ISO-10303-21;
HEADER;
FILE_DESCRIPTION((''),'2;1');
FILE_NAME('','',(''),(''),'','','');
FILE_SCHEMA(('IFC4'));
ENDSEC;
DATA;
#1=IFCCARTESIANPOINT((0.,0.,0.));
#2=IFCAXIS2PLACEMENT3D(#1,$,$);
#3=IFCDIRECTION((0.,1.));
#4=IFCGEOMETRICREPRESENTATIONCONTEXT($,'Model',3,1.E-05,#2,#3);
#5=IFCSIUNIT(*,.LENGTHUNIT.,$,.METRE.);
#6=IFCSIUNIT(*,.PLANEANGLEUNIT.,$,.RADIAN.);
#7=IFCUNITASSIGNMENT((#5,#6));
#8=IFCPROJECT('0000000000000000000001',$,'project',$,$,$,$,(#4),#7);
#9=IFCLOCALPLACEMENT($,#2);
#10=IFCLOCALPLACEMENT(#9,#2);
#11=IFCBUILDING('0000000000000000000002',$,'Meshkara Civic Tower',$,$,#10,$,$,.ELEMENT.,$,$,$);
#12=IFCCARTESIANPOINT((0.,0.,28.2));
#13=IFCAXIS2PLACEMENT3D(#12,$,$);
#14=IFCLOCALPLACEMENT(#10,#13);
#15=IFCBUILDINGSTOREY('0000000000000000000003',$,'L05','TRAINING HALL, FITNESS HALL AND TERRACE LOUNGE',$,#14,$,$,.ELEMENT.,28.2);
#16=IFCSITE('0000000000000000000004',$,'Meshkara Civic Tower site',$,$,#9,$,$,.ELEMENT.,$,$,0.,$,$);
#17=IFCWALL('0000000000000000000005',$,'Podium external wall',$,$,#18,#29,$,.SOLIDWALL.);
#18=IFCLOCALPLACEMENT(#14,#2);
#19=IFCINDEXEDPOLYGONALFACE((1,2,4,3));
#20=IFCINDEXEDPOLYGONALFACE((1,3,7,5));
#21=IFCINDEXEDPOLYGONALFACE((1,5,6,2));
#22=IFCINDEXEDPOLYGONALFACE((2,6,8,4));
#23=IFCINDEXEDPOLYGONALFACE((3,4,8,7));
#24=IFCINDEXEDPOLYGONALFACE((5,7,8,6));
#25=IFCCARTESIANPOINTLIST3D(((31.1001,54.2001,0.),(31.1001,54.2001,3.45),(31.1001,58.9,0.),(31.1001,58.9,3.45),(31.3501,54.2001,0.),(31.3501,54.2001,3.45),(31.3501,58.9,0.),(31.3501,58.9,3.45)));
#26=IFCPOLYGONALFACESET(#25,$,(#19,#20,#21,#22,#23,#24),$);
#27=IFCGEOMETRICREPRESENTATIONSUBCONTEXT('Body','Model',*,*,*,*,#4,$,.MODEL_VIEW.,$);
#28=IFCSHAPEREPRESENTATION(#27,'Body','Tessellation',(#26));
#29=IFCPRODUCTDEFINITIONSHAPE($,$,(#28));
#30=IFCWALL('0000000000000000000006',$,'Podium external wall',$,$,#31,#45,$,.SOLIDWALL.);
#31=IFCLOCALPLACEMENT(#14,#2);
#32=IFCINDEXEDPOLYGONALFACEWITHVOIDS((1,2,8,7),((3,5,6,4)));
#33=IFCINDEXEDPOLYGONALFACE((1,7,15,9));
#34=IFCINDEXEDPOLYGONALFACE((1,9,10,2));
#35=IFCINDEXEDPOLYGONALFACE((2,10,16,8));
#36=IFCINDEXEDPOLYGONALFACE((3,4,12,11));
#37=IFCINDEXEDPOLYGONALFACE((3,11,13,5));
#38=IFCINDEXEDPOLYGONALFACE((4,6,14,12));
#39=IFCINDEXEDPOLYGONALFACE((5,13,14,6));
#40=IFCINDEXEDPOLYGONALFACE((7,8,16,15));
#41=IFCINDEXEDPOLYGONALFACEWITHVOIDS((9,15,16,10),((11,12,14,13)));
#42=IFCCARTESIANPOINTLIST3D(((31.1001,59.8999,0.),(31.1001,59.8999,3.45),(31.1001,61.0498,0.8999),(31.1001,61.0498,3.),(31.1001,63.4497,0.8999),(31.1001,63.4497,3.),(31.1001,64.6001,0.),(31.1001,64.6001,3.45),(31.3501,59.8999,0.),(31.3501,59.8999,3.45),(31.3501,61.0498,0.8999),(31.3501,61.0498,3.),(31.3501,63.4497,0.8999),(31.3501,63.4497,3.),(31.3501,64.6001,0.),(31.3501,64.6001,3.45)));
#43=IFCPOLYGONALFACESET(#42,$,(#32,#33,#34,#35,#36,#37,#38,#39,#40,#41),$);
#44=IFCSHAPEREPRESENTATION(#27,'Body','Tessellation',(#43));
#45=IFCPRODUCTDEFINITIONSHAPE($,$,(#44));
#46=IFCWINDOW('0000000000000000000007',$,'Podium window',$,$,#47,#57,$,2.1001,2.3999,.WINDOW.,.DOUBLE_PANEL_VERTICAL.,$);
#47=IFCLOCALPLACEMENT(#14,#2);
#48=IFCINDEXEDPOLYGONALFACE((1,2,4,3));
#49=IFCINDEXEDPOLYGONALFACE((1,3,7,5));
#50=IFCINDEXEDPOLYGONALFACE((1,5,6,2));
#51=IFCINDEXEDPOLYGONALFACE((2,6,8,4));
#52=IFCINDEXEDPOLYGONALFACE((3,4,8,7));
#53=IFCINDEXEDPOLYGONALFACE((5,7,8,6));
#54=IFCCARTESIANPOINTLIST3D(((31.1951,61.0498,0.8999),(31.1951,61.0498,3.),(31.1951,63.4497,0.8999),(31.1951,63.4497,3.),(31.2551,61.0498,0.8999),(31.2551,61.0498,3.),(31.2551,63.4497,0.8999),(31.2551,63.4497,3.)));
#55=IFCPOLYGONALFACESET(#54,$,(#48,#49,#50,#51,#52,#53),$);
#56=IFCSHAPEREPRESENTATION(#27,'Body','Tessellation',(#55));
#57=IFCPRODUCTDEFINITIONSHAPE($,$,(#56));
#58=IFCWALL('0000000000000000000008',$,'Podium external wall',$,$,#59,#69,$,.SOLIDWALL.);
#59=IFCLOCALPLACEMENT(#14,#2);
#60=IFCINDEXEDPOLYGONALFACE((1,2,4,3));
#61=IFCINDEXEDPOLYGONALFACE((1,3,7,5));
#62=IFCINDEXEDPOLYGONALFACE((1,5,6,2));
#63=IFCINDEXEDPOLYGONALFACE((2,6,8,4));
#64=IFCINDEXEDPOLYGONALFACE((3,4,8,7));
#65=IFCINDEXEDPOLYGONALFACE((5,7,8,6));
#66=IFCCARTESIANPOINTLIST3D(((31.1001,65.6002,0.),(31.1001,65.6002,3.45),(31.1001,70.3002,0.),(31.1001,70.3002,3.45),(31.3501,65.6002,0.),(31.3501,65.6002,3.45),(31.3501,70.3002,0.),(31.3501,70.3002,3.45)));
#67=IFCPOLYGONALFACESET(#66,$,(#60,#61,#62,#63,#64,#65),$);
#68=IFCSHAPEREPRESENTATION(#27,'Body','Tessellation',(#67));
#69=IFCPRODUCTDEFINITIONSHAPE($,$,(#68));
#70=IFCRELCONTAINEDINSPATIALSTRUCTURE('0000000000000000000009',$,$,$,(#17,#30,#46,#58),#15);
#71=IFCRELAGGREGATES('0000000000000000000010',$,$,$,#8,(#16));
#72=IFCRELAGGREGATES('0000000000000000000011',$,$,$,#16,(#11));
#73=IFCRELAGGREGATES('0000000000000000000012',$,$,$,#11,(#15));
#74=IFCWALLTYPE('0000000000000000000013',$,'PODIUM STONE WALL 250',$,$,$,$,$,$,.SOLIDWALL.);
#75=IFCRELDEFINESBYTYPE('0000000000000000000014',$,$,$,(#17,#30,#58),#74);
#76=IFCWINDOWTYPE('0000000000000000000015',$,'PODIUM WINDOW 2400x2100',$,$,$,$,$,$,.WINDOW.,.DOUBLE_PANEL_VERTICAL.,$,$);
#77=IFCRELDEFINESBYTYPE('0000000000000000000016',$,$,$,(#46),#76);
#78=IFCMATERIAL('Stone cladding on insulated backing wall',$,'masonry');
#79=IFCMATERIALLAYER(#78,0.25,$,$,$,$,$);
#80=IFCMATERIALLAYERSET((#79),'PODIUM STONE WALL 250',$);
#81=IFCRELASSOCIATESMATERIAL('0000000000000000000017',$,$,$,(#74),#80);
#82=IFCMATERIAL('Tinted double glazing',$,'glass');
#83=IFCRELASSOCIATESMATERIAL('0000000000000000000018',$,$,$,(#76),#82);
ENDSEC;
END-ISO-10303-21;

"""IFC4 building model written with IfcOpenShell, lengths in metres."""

from ifc_helpers import new_model, si_unit, direction, frame, frame_2d, origin, place, context, subcontext, project, spatial, rectangle, extrude, material, layer, layer_set, type_object, element, fill, save


model = new_model("IFC4")

# Units and contexts
model_context = context("Model", 3, precision=1e-05, world=origin(), true_north=direction((0.0, 1.0)))
body_context = subcontext(model_context, "Body", "Model", "MODEL_VIEW")
ifc_project = project(units=[si_unit("LENGTHUNIT", "METRE"), si_unit("PLANEANGLEUNIT", "RADIAN")], contexts=[model_context])

# Site, building, storey
site_placement = place(None, origin())
site = spatial("IfcSite", under=ifc_project, at=site_placement, Name="Meshkara Civic Tower site", CompositionType="ELEMENT", RefElevation=0.0)
building_placement = place(site_placement, origin())
building = spatial("IfcBuilding", under=site, at=building_placement, Name="Meshkara Civic Tower", CompositionType="ELEMENT")
storey_placement = place(building_placement, frame((0.0, 0.0, 28.2)))
storey = spatial("IfcBuildingStorey", under=building, at=storey_placement, Name="L05", Description="TRAINING HALL, FITNESS HALL AND TERRACE LOUNGE", CompositionType="ELEMENT", Elevation=28.2)

# Wall
ifc_material_1 = material(Name="Stone cladding on insulated backing wall", Category="masonry")
ifc_layer_1 = layer(ifc_material_1, 0.25)
ifc_layer_set_1 = layer_set([ifc_layer_1], Name="PODIUM STONE WALL 250")
wall_type_1 = type_object("IfcWallType", Name="PODIUM STONE WALL 250", PredefinedType="SOLIDWALL", material=ifc_layer_set_1)
wall_1_placement = place(storey_placement, frame((31.2251, 54.2, 0.0), z_axis=(0.0, 0.0, 1.0), x_axis=(0.0, 1.0, 0.0)))
element("IfcWall", 1, at=wall_1_placement, inside=storey, type_object=wall_type_1, Name="Podium external wall", PredefinedType="SOLIDWALL", context=body_context, shape_type="SweptSolid", body=[
    extrude(rectangle(XDim=4.7, YDim=0.25, at=frame_2d((2.3501, 0.0))), origin(), (0.0, 0.0, 1.0), 3.45),
])

# Wall, opening, window
wall_2_placement = place(storey_placement, frame((31.2251, 59.8999, 0.0), z_axis=(0.0, 0.0, 1.0), x_axis=(0.0, 1.0, 0.0)))
wall_2 = element("IfcWall", 2, at=wall_2_placement, inside=storey, type_object=wall_type_1, Name="Podium external wall", PredefinedType="SOLIDWALL", context=body_context, shape_type="SweptSolid", body=[
    extrude(rectangle(XDim=4.7002, YDim=0.25, at=frame_2d((2.3501, 0.0))), origin(), (0.0, 0.0, 1.0), 3.45),
])
opening_1_placement = place(wall_2_placement, frame((1.1499, 0.0, 0.8999)))
opening_1 = element("IfcOpeningElement", 3, at=opening_1_placement, cuts=wall_2, PredefinedType="OPENING", context=body_context, shape_type="SweptSolid", body=[
    extrude(rectangle(XDim=2.3999, YDim=2.1001, at=frame_2d((1.2, 1.05))), frame((0.0, 0.135, 0.0), z_axis=(0.0, -1.0, 0.0), x_axis=(1.0, 0.0, 0.0)), (0.0, 0.0, 1.0), 0.27),
])
ifc_material_2 = material(Name="Tinted double glazing", Category="glass")
window_type = type_object("IfcWindowType", Name="PODIUM WINDOW 2400x2100", PartitioningType="DOUBLE_PANEL_VERTICAL", PredefinedType="WINDOW", material=ifc_material_2)
window_placement = place(opening_1_placement, origin())
window = element("IfcWindow", 4, at=window_placement, inside=storey, type_object=window_type, Name="Podium window", OverallHeight=2.1001, OverallWidth=2.3999, PartitioningType="DOUBLE_PANEL_VERTICAL", PredefinedType="WINDOW", context=body_context, shape_type="SweptSolid", body=[
    extrude(rectangle(XDim=2.3999, YDim=2.1001, at=frame_2d((1.2, 1.05))), frame((0.0, 0.03, 0.0), z_axis=(0.0, -1.0, 0.0), x_axis=(1.0, 0.0, 0.0)), (0.0, 0.0, 1.0), 0.0601),
])
fill(opening_1, window)

# Wall
wall_3_placement = place(storey_placement, frame((31.2251, 65.6001, 0.0), z_axis=(0.0, 0.0, 1.0), x_axis=(0.0, 1.0, 0.0)))
element("IfcWall", 5, at=wall_3_placement, inside=storey, type_object=wall_type_1, Name="Podium external wall", PredefinedType="SOLIDWALL", context=body_context, shape_type="SweptSolid", body=[
    extrude(rectangle(XDim=4.7, YDim=0.25, at=frame_2d((2.3501, 0.0))), origin(), (0.0, 0.0, 1.0), 3.45),
])

save(model, "model.ifc")
